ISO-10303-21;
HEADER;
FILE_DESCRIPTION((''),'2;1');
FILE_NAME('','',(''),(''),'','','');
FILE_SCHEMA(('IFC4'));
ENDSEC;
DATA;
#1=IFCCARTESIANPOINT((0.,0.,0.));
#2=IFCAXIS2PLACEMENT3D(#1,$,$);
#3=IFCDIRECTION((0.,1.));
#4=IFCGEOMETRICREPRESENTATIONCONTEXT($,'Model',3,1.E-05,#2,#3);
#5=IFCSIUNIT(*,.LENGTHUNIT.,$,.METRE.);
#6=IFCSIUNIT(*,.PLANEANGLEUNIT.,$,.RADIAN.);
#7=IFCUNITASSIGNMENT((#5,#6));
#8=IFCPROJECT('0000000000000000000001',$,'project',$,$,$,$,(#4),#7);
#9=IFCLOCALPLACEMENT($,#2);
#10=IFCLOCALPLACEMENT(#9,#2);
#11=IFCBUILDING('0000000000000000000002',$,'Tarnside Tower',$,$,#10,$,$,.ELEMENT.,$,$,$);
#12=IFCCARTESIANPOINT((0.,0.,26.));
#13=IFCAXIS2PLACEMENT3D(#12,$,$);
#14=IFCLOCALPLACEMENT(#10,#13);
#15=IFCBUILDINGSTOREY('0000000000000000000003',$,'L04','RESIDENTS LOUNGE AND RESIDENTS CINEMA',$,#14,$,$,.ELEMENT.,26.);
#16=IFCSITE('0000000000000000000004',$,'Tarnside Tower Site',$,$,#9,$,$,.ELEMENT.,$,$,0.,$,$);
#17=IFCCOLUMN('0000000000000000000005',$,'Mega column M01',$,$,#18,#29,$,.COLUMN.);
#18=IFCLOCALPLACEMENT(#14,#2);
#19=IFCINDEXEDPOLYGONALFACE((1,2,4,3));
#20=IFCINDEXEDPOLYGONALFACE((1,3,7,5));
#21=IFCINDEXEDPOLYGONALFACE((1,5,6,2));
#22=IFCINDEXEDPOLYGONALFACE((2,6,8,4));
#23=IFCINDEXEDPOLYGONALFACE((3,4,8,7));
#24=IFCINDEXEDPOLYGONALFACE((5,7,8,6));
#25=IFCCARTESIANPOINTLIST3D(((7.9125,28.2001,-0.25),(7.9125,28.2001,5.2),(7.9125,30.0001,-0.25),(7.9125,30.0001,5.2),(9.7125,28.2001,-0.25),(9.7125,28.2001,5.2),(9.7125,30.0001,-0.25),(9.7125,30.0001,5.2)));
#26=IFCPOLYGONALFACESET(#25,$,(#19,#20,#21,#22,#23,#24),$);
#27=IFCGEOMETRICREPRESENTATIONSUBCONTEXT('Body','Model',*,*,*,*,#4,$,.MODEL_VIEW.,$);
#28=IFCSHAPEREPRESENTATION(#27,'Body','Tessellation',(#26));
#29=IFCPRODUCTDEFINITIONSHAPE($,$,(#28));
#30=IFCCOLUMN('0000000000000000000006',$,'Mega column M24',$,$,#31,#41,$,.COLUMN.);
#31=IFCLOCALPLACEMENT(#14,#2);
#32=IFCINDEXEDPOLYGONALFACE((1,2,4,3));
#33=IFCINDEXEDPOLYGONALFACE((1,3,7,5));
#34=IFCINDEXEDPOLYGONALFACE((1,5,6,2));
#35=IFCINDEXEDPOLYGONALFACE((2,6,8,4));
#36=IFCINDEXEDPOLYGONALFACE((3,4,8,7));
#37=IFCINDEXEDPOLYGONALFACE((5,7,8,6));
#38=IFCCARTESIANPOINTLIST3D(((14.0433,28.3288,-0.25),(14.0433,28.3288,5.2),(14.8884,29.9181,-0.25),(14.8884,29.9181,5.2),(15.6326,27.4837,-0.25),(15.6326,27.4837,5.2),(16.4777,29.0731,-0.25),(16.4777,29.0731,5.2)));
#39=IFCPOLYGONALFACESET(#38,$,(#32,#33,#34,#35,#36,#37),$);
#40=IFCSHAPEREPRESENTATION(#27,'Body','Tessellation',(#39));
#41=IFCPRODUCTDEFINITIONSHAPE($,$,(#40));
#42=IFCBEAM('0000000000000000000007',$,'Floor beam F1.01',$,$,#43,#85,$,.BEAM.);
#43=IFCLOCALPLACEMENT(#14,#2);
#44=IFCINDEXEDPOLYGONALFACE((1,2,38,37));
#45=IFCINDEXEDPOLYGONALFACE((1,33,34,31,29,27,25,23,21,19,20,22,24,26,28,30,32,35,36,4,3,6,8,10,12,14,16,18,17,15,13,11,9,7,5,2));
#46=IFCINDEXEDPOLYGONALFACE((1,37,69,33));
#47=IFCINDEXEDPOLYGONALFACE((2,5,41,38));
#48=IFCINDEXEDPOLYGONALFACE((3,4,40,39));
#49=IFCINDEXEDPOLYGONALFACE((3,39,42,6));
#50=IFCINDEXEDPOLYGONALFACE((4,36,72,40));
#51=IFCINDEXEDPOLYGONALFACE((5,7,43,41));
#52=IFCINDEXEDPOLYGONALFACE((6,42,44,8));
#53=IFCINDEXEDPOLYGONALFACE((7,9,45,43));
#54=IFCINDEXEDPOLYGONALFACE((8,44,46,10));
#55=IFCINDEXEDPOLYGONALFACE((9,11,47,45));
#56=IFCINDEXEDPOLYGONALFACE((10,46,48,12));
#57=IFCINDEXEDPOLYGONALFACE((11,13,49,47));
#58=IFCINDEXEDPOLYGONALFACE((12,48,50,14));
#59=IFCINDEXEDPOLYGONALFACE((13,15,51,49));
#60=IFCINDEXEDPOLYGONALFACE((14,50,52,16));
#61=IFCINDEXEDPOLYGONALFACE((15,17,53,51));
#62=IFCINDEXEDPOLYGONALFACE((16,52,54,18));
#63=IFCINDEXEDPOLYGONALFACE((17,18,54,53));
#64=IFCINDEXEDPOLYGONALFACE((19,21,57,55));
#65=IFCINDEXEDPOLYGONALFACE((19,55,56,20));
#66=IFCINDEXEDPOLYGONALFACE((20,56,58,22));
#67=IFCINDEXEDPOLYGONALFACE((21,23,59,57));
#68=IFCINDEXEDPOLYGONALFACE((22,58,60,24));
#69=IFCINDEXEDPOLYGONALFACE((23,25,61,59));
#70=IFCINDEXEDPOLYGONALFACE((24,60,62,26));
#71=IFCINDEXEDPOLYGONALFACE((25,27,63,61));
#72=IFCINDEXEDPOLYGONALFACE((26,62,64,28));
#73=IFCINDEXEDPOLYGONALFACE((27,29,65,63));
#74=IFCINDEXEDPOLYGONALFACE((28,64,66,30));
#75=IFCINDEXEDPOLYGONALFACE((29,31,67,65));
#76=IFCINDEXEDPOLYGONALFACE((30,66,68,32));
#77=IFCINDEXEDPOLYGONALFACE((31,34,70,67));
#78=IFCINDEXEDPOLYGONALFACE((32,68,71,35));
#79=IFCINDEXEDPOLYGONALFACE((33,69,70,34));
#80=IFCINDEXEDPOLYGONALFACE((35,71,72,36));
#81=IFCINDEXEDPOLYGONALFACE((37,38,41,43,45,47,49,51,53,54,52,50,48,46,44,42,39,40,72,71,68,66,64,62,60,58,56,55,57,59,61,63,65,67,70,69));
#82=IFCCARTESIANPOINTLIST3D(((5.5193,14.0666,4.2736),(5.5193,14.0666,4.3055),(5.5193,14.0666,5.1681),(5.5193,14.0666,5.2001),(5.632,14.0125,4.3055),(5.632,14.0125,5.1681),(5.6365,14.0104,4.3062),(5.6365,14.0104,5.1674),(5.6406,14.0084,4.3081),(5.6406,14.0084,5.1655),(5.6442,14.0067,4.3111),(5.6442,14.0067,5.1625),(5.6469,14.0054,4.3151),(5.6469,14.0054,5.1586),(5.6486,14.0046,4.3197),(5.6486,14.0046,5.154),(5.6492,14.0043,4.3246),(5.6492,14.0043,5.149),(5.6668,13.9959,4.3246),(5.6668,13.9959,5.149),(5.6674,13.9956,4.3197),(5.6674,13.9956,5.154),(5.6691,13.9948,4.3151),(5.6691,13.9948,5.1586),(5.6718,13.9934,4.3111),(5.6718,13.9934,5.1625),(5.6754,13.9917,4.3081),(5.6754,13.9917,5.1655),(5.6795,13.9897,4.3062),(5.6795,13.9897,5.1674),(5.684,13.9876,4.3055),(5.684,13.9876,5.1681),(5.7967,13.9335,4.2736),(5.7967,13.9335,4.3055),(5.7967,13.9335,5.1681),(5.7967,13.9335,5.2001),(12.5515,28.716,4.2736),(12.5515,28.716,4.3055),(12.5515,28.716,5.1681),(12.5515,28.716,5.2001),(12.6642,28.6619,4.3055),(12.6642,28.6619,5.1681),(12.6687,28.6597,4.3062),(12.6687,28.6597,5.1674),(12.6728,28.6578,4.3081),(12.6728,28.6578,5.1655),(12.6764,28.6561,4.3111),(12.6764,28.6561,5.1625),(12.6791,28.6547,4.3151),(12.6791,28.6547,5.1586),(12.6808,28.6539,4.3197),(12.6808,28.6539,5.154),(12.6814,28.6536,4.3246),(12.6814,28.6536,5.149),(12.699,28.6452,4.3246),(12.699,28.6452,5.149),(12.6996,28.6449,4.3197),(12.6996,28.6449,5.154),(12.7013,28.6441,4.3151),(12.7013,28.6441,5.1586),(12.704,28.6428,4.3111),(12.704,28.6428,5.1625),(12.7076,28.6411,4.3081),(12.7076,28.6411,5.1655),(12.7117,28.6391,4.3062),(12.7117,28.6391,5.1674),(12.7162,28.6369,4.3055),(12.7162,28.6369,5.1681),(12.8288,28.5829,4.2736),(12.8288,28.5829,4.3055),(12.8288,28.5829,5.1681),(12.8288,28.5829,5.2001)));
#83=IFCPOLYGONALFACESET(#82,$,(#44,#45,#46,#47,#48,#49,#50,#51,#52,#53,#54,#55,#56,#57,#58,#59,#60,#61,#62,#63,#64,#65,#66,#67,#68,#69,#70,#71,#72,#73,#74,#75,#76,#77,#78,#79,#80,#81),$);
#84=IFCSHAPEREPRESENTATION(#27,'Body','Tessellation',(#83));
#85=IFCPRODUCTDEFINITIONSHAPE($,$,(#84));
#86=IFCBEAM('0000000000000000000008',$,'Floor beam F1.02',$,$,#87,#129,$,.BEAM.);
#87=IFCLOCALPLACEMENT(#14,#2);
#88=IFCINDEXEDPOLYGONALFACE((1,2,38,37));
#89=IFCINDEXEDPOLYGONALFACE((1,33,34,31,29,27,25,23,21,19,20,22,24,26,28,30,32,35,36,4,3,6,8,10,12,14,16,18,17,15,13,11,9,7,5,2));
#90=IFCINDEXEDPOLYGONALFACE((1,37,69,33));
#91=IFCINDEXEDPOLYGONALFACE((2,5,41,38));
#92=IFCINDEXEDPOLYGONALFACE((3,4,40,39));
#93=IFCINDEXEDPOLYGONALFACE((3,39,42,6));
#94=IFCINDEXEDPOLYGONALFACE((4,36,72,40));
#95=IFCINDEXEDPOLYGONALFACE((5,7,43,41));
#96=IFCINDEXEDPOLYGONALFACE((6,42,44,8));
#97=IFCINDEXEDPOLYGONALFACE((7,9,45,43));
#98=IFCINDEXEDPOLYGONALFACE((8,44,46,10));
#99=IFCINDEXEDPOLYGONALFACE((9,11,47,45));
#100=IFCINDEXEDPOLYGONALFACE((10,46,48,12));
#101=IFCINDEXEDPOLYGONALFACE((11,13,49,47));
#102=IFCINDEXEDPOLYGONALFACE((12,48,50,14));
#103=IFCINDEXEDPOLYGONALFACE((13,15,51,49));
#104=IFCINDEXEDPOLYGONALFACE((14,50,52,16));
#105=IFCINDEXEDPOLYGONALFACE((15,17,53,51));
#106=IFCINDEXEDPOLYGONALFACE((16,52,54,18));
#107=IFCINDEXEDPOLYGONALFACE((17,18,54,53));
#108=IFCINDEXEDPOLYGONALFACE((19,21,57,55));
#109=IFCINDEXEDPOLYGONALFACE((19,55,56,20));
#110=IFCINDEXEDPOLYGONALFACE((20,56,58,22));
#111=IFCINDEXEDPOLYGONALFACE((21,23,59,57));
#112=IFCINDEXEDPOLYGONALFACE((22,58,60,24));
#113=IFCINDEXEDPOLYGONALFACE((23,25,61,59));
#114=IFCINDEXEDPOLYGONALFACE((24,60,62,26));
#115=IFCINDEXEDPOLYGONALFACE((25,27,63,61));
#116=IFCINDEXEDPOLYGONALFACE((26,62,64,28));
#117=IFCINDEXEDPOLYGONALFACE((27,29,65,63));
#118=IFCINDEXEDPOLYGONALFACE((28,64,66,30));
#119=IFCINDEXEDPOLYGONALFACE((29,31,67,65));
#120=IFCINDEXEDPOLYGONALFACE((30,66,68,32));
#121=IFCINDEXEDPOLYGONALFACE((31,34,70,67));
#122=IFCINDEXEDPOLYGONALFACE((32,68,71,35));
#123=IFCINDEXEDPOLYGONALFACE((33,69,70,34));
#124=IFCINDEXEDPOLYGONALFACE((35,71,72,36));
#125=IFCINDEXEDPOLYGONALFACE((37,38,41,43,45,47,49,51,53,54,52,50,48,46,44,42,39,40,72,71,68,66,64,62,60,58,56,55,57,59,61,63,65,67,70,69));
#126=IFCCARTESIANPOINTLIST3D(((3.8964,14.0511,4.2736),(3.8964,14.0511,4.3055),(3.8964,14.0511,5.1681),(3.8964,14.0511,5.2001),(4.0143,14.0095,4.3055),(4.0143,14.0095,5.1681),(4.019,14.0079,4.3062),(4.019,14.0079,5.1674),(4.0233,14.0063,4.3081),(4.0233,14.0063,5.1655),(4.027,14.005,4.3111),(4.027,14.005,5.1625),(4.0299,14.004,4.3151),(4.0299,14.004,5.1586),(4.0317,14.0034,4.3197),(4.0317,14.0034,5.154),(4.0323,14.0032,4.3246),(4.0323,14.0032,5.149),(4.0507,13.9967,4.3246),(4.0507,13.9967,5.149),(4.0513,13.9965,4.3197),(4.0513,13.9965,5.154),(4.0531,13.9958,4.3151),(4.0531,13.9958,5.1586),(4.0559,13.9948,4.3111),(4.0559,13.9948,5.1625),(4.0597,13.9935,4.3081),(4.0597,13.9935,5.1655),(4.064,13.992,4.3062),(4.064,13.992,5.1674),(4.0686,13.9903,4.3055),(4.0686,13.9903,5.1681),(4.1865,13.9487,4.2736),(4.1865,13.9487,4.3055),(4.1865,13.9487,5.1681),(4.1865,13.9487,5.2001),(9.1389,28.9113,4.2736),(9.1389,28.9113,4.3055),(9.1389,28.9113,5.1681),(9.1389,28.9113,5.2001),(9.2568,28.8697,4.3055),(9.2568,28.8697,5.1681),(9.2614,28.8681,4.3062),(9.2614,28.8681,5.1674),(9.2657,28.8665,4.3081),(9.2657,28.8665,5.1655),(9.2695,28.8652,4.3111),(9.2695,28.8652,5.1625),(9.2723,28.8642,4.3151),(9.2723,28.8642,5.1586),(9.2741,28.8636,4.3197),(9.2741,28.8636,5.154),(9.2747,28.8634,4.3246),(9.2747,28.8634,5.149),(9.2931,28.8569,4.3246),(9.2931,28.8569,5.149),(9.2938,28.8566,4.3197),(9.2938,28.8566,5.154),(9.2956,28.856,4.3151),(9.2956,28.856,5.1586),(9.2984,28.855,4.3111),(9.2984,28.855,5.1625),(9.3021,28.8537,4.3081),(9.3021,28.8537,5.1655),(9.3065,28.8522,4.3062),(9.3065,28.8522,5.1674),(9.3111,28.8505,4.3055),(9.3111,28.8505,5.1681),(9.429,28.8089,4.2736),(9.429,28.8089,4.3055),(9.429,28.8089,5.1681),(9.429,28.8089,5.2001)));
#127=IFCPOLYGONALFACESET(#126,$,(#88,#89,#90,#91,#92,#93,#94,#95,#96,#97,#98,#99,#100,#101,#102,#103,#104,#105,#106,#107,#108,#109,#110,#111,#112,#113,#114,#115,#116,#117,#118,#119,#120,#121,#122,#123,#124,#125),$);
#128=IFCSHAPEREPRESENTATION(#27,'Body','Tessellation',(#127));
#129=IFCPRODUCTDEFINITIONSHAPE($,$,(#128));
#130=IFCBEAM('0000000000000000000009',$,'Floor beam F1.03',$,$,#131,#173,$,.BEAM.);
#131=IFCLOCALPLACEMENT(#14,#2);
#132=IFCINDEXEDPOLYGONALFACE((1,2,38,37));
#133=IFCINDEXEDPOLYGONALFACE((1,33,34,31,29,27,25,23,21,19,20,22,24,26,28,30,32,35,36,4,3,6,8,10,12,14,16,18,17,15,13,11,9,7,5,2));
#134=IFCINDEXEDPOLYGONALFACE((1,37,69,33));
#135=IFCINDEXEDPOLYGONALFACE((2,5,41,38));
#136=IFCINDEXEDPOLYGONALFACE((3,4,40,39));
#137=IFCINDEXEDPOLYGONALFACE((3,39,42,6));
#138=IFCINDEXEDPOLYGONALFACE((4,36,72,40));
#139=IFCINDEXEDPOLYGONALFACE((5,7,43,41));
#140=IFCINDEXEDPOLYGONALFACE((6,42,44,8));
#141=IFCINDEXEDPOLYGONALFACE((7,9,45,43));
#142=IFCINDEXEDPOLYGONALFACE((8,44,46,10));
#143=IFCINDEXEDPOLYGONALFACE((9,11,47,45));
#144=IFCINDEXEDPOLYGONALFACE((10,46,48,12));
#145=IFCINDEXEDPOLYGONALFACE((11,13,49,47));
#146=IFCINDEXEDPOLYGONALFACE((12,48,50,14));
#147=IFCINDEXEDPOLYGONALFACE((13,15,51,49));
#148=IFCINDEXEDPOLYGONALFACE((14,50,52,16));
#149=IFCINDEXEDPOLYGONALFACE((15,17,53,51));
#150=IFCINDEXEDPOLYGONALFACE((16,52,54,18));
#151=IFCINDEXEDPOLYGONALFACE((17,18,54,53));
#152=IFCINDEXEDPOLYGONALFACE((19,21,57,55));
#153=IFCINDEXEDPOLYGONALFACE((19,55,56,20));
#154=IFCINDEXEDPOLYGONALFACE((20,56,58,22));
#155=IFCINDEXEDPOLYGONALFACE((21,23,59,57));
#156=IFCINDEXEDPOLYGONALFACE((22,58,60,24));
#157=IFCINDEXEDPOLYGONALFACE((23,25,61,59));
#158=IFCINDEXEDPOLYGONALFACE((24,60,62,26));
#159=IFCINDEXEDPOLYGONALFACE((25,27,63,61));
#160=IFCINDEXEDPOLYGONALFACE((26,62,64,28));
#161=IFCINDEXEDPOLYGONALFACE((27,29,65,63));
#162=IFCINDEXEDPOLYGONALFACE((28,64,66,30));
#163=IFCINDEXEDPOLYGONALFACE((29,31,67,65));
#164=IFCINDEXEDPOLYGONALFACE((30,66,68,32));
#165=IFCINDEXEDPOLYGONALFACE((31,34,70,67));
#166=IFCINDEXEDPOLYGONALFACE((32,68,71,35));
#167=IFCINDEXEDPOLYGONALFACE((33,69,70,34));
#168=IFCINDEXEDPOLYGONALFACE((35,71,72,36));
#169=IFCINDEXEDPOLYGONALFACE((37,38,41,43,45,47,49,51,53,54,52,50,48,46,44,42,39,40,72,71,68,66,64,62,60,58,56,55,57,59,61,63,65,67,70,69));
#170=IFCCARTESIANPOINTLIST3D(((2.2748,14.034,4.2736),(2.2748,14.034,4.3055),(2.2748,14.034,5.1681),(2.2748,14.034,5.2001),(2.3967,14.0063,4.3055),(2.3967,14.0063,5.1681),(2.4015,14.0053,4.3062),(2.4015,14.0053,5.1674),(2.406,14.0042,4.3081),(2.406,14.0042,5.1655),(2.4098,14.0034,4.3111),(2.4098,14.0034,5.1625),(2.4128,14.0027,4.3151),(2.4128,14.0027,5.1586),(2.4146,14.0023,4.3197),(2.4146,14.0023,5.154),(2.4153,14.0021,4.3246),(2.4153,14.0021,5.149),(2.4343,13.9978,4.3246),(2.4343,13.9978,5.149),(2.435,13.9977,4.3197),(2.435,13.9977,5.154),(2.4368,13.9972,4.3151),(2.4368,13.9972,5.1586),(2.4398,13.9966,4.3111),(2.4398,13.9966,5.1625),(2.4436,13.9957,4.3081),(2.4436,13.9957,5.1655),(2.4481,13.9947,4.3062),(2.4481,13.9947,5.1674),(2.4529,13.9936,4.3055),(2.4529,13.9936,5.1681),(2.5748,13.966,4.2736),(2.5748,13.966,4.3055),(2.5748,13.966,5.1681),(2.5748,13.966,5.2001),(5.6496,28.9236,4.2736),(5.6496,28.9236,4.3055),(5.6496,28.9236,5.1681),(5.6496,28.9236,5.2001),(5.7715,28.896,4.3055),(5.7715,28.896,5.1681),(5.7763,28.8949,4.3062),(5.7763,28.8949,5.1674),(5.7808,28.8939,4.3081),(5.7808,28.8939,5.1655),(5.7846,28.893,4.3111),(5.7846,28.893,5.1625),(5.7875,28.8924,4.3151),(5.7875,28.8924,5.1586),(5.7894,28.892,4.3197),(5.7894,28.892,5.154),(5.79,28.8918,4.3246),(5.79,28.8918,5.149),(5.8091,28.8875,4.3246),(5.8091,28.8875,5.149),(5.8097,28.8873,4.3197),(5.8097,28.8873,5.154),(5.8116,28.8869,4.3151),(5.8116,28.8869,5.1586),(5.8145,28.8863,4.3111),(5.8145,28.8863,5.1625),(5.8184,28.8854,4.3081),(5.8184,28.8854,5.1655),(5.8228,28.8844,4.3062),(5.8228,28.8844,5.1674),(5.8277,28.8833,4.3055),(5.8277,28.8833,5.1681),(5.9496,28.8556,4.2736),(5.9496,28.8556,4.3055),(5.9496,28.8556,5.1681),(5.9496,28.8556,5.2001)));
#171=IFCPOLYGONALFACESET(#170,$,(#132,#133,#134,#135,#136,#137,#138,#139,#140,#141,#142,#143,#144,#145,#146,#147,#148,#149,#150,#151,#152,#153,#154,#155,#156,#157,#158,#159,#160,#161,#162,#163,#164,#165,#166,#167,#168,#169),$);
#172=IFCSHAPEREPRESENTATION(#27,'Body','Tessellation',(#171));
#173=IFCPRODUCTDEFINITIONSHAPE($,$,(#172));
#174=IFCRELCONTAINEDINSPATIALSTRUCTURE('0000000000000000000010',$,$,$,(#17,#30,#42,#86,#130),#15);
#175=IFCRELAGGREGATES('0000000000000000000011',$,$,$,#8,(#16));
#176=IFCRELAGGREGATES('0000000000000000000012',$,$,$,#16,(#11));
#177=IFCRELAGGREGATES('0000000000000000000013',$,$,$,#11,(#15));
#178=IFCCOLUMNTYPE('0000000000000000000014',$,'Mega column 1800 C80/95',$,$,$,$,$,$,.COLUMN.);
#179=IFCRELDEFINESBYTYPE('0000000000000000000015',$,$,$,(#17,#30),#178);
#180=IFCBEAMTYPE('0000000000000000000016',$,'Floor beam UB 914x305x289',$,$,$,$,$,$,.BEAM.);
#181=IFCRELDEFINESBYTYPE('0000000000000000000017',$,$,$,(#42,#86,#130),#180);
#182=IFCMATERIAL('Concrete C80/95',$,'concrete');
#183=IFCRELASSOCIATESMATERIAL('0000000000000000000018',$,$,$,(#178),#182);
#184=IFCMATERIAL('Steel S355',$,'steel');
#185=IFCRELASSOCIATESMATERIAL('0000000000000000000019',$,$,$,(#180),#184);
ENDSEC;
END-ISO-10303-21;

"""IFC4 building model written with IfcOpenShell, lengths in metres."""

from ifc_helpers import new_model, si_unit, direction, frame, origin, origin_2d, place, context, subcontext, project, spatial, rectangle, i_section, extrude, material, material_profile, profile_set, type_object, element, save


model = new_model("IFC4")

# Units and contexts
model_context = context("Model", 3, precision=1e-05, world=origin(), true_north=direction((0.0, 1.0)))
body_context = subcontext(model_context, "Body", "Model", "MODEL_VIEW")
ifc_project = project(units=[si_unit("LENGTHUNIT", "METRE"), si_unit("PLANEANGLEUNIT", "RADIAN")], contexts=[model_context])

# Site, building, storey
site_placement = place(None, origin())
site = spatial("IfcSite", under=ifc_project, at=site_placement, Name="Tarnside Tower Site", CompositionType="ELEMENT", RefElevation=0.0)
building_placement = place(site_placement, origin())
building = spatial("IfcBuilding", under=site, at=building_placement, Name="Tarnside Tower", CompositionType="ELEMENT")
storey_placement = place(building_placement, frame((0.0, 0.0, 26.0)))
storey = spatial("IfcBuildingStorey", under=building, at=storey_placement, Name="L04", Description="RESIDENTS LOUNGE AND RESIDENTS CINEMA", CompositionType="ELEMENT", Elevation=26.0)

# Columns
ifc_material_1 = material(Name="Concrete C80/95", Category="concrete")
ifc_material_profile_1 = material_profile(ifc_material_1, rectangle(XDim=1.8, YDim=1.8, at=origin_2d()), Name="Mega column 1800x1800")
ifc_profile_set_1 = profile_set([ifc_material_profile_1], Name="Concrete C80/95")
column_type = type_object("IfcColumnType", Name="Mega column 1800 C80/95", PredefinedType="COLUMN", material=ifc_profile_set_1)
for number, where, z_axis, x_axis, name in (
    (1, (8.8125, 29.1001, -0.25), (0.0, 0.0, 1.0), (1.0, 0.0, 0.0), "Mega column M01"),
    (2, (15.2605, 28.7009, -0.25), (0.0, 0.0, 1.0), (0.882948, -0.469472, 0.0), "Mega column M24"),
):
    element("IfcColumn", number, at=place(storey_placement, frame(where, z_axis=z_axis, x_axis=x_axis)), inside=storey, type_object=column_type, Name=name, PredefinedType="COLUMN", context=body_context, shape_type="SweptSolid", body=[
        extrude(rectangle(XDim=1.8, YDim=1.8, at=origin_2d()), origin(), (0.0, 0.0, 1.0), 5.45),
    ])

# Beams
ifc_material_2 = material(Name="Steel S355", Category="steel")
ifc_material_profile_2 = material_profile(ifc_material_2, i_section(OverallWidth=0.3076, OverallDepth=0.9265, WebThickness=0.0195, FlangeThickness=0.032, FilletRadius=0.019, at=origin_2d()), Name="UB 914x305x289")
ifc_profile_set_2 = profile_set([ifc_material_profile_2], Name="Steel S355")
beam_type_1 = type_object("IfcBeamType", Name="Floor beam UB 914x305x289", PredefinedType="BEAM", material=ifc_profile_set_2)
beam_1_placement = place(storey_placement, frame((12.6902, 28.6494, 4.7368), z_axis=(-0.432756, -0.901511, 0.0), x_axis=(0.901511, -0.432756, 0.0)))
element("IfcBeam", 3, at=beam_1_placement, inside=storey, type_object=beam_type_1, Name="Floor beam F1.01", PredefinedType="BEAM", context=body_context, shape_type="SweptSolid", body=[
    extrude(i_section(OverallWidth=0.3076, OverallDepth=0.9265, WebThickness=0.0195, FlangeThickness=0.032, FilletRadius=0.019, at=origin_2d()), origin(), (0.0, 0.0, 1.0), 16.2498),
])
beam_2_placement = place(storey_placement, frame((9.2839, 28.8601, 4.7368), z_axis=(-0.33269, -0.943036, 0.0), x_axis=(0.943036, -0.33269, 0.0)))
element("IfcBeam", 4, at=beam_2_placement, inside=storey, type_object=beam_type_1, Name="Floor beam F1.02", PredefinedType="BEAM", context=body_context, shape_type="SweptSolid", body=[
    extrude(i_section(OverallWidth=0.3076, OverallDepth=0.9265, WebThickness=0.0195, FlangeThickness=0.032, FilletRadius=0.019, at=origin_2d()), origin(), (0.0, 0.0, 1.0), 15.7578),
])
beam_3_placement = place(storey_placement, frame((5.7996, 28.8896, 4.7368), z_axis=(-0.221045, -0.975264, 0.0), x_axis=(0.975264, -0.221045, 0.0)))
element("IfcBeam", 5, at=beam_3_placement, inside=storey, type_object=beam_type_1, Name="Floor beam F1.03", PredefinedType="BEAM", context=body_context, shape_type="SweptSolid", body=[
    extrude(i_section(OverallWidth=0.3076, OverallDepth=0.9265, WebThickness=0.0195, FlangeThickness=0.032, FilletRadius=0.019, at=origin_2d()), origin(), (0.0, 0.0, 1.0), 15.2673),
])

save(model, "model.ifc")
